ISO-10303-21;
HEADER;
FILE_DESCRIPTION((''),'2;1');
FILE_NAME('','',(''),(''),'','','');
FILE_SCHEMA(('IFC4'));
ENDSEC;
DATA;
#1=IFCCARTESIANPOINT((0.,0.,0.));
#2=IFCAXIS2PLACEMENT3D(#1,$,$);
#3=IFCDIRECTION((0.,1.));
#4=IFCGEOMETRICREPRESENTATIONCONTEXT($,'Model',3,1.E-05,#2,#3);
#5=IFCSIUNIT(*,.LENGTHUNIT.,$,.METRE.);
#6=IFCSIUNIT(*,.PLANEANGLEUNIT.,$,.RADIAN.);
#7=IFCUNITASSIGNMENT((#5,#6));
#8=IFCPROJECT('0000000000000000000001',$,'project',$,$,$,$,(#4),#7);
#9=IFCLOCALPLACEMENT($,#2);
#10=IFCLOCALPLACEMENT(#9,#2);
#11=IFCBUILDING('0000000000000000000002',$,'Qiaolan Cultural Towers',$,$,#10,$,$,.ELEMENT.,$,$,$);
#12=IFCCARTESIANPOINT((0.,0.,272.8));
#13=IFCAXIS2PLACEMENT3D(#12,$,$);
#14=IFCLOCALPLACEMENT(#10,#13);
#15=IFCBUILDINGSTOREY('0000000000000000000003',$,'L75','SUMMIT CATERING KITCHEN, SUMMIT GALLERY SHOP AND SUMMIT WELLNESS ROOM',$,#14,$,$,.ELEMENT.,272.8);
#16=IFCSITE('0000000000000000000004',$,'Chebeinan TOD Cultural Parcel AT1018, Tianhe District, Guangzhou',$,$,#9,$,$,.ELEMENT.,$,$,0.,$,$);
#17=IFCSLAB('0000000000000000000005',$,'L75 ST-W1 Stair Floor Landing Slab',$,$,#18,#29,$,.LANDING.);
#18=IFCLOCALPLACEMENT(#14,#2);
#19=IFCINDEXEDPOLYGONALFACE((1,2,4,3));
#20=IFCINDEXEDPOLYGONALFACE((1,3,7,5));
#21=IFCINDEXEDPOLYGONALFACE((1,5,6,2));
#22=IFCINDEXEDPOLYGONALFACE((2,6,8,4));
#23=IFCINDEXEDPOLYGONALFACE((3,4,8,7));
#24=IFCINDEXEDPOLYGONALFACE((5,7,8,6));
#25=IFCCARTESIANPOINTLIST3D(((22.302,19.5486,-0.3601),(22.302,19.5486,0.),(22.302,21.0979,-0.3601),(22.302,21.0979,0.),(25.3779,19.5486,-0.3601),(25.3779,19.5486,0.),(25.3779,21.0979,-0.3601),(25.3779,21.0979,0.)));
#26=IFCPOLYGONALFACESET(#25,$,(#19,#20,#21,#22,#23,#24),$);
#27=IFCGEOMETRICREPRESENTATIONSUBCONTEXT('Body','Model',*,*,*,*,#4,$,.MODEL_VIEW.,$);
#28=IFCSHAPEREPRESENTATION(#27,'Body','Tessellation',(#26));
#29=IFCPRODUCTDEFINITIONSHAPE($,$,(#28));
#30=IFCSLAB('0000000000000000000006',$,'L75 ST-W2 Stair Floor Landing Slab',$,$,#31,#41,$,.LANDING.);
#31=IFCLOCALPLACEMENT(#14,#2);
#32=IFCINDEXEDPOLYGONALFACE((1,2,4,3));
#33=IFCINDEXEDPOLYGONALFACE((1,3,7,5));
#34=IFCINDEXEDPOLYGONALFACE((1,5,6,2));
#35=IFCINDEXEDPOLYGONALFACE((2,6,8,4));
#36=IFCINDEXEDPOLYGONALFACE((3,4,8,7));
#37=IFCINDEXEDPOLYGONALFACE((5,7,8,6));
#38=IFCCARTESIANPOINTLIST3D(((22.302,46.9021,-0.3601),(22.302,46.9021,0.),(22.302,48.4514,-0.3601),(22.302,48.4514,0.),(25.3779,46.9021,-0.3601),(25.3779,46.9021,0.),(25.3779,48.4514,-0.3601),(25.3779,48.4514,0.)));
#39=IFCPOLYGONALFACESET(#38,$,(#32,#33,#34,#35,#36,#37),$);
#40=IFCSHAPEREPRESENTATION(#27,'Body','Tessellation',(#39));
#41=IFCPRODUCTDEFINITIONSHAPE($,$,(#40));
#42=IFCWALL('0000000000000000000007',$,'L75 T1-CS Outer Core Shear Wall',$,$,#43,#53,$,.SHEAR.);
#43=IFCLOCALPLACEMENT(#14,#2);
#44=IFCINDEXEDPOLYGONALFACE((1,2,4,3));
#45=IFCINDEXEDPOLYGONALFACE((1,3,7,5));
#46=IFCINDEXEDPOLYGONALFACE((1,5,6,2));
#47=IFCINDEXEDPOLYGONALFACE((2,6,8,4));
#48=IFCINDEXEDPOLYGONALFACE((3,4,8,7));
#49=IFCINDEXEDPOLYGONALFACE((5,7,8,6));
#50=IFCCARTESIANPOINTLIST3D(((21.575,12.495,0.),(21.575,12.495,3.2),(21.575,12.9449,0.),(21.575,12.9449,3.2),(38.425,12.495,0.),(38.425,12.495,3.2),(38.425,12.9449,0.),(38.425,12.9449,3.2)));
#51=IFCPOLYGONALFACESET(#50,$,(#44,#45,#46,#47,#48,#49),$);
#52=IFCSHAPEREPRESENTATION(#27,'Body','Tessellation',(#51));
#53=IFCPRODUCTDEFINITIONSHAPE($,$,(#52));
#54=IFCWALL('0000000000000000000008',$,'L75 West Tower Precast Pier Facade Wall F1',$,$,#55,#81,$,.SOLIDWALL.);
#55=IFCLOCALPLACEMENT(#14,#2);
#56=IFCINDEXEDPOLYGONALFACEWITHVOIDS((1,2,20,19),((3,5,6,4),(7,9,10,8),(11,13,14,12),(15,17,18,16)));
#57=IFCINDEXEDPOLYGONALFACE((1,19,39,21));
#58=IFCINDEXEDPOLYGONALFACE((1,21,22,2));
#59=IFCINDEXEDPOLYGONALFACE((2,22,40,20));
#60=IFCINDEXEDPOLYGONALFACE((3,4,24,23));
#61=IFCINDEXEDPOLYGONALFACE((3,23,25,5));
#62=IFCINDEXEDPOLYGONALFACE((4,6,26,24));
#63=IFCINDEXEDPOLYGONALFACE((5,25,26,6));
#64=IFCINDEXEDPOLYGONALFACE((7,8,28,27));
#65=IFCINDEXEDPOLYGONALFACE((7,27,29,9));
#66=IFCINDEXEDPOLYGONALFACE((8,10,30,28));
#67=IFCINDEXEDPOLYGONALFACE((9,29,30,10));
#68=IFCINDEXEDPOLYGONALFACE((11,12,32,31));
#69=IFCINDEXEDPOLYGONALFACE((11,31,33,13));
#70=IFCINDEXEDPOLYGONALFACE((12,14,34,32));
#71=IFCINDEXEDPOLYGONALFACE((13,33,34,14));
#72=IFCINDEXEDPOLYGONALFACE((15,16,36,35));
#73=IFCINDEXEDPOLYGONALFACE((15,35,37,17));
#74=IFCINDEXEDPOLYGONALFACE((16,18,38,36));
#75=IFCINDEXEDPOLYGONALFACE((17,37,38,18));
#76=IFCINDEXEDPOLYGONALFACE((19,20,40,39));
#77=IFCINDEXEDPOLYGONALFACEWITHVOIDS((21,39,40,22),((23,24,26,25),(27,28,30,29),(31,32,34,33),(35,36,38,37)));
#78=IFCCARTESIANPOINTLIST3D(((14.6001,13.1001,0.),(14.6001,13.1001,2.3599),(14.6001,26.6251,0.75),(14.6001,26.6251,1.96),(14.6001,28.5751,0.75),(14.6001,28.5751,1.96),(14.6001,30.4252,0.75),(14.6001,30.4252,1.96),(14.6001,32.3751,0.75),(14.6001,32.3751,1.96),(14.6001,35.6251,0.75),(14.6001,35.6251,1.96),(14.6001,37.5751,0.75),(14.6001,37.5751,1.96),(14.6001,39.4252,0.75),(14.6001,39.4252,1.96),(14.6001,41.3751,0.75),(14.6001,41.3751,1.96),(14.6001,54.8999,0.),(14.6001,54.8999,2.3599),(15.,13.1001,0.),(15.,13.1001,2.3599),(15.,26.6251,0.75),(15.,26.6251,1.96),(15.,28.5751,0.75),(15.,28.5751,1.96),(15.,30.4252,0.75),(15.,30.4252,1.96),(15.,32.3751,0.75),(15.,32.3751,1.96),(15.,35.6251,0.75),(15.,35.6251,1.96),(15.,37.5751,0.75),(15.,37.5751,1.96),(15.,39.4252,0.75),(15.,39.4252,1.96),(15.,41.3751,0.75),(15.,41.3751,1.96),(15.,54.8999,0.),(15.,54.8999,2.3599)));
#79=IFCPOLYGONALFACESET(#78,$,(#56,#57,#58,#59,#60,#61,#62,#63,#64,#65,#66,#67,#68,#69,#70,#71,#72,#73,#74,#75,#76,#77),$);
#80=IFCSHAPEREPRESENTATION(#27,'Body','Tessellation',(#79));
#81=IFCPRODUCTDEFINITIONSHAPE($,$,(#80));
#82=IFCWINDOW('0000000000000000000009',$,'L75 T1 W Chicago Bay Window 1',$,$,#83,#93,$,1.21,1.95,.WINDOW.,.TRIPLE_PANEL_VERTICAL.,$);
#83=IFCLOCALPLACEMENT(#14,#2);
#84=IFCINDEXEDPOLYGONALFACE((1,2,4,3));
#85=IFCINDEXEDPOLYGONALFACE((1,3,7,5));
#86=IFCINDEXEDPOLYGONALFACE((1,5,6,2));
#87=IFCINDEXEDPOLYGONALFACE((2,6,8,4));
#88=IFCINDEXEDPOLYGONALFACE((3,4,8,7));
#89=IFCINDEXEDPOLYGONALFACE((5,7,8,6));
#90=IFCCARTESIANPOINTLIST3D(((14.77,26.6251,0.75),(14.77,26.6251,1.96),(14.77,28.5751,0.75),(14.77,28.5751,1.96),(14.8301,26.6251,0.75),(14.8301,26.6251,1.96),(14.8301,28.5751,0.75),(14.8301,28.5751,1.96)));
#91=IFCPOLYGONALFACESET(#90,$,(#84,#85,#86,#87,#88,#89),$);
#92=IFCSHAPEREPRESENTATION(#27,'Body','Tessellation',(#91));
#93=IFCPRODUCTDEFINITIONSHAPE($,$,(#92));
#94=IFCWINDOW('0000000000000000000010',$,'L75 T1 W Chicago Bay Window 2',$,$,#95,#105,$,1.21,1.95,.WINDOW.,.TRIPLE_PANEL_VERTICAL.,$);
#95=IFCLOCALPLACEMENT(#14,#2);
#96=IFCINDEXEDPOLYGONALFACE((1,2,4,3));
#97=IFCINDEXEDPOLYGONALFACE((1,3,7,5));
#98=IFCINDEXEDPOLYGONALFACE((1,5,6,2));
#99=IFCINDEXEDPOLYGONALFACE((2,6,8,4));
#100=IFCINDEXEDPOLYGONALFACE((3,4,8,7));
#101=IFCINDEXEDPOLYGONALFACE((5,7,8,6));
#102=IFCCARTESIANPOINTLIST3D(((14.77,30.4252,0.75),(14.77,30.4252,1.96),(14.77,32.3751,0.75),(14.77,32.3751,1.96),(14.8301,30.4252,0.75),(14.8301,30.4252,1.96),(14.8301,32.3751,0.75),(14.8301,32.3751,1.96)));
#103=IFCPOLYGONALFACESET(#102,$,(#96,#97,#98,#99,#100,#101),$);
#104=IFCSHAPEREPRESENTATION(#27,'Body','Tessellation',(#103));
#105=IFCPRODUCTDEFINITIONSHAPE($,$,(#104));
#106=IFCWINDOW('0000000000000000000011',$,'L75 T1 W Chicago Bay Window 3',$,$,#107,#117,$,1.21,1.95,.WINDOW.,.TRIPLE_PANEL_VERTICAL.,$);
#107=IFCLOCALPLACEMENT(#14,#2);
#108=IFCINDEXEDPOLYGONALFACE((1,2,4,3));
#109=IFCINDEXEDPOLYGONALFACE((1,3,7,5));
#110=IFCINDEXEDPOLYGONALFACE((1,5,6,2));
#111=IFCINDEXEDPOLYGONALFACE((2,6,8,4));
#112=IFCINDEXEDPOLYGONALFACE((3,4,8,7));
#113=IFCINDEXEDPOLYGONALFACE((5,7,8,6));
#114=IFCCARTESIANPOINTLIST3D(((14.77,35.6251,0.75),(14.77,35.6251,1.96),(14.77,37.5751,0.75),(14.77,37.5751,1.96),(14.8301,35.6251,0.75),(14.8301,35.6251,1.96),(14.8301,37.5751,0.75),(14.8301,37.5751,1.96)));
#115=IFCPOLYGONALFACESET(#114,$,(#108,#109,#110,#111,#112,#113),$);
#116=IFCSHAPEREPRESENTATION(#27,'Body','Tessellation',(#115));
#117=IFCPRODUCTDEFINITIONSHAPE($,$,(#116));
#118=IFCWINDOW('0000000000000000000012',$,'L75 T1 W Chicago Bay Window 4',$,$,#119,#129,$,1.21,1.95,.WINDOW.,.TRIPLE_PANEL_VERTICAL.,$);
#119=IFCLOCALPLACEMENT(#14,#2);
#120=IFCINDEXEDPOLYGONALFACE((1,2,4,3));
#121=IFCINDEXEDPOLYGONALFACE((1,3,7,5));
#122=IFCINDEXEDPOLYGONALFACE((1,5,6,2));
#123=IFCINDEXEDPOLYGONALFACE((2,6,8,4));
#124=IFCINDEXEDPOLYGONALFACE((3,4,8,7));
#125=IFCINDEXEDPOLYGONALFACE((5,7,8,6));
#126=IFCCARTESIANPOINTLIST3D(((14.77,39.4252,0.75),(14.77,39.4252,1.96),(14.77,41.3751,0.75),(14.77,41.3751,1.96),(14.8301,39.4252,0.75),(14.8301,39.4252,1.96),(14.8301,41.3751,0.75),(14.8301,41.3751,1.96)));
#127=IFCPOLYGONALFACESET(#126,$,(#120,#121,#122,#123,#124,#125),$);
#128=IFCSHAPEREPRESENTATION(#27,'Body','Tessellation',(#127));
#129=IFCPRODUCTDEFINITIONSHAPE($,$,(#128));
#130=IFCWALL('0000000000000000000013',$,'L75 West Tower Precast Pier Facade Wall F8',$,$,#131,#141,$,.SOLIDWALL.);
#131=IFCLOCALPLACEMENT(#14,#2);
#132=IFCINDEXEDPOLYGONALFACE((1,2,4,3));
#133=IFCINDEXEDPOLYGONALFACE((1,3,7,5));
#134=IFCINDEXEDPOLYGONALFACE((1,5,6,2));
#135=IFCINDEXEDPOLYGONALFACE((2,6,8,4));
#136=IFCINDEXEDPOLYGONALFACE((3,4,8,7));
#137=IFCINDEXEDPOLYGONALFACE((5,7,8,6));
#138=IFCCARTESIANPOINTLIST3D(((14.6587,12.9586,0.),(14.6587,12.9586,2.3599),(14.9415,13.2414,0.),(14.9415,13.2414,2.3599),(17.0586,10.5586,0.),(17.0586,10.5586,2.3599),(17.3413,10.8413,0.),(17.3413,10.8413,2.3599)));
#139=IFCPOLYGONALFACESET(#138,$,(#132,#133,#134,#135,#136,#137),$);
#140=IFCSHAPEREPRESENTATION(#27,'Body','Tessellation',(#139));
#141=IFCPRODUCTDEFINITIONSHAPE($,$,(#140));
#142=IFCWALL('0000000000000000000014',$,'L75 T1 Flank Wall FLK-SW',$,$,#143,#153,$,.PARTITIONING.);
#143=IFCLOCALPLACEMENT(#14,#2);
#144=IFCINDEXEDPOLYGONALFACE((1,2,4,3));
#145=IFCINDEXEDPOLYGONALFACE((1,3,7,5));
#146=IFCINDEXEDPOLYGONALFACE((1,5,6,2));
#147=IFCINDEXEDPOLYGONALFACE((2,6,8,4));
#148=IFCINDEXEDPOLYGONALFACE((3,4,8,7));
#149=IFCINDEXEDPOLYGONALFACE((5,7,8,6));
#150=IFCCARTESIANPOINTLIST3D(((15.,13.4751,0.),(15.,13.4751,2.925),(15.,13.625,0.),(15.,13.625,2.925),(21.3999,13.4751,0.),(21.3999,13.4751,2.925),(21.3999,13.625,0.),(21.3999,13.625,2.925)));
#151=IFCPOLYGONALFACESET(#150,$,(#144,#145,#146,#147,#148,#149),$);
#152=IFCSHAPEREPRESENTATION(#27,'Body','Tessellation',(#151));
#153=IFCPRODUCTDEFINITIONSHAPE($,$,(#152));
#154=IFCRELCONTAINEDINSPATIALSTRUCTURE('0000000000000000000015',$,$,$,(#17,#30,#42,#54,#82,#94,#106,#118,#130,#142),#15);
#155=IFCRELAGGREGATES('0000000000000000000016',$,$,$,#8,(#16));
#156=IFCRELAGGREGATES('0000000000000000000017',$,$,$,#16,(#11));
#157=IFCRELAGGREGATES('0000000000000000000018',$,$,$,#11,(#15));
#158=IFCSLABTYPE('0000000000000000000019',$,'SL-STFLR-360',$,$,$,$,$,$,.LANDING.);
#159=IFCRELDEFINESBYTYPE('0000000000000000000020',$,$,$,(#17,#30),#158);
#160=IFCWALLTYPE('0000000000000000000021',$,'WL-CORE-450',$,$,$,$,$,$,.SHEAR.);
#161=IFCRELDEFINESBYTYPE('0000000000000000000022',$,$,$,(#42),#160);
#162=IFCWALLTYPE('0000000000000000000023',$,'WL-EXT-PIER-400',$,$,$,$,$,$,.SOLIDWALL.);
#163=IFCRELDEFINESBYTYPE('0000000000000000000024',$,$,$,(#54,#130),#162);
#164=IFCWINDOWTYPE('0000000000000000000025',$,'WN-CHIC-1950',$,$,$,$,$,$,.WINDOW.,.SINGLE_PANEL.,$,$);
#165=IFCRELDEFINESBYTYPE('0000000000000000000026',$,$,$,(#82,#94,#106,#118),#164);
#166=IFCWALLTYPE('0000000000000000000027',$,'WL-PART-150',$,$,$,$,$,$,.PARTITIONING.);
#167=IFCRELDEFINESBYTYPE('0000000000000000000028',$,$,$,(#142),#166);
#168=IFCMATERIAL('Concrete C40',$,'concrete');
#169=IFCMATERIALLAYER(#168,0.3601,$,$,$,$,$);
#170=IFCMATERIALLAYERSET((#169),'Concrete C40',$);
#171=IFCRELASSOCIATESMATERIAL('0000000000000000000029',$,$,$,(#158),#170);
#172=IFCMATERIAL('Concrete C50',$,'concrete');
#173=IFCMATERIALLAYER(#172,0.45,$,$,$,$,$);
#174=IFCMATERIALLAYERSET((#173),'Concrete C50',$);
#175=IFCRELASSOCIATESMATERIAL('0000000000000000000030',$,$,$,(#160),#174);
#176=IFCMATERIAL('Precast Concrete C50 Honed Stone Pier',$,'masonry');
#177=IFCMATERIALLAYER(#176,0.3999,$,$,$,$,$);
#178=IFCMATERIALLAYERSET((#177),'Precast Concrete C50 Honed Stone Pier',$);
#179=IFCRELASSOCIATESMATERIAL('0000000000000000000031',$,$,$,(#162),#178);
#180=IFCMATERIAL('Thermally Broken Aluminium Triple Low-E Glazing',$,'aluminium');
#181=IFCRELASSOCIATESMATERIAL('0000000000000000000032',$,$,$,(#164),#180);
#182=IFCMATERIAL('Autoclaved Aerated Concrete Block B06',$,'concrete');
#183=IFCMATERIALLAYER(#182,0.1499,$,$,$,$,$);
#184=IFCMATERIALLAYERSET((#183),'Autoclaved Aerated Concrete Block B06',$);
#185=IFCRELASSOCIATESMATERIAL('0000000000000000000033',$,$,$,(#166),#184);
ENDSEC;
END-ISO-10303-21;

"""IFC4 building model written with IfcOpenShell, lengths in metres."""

from ifc_helpers import new_model, si_unit, direction, frame, frame_2d, origin, place, context, subcontext, project, spatial, polyline, rectangle, outline, extrude, material, layer, layer_set, type_object, element, fill, save


model = new_model("IFC4")

# Units and contexts
model_context = context("Model", 3, precision=1e-05, world=origin(), true_north=direction((0.0, 1.0)))
body_context = subcontext(model_context, "Body", "Model", "MODEL_VIEW")
ifc_project = project(units=[si_unit("LENGTHUNIT", "METRE"), si_unit("PLANEANGLEUNIT", "RADIAN")], contexts=[model_context])

# Site, building, storey
site_placement = place(None, origin())
site = spatial("IfcSite", under=ifc_project, at=site_placement, Name="Chebeinan TOD Cultural Parcel AT1018, Tianhe District, Guangzhou", CompositionType="ELEMENT", RefElevation=0.0)
building_placement = place(site_placement, origin())
building = spatial("IfcBuilding", under=site, at=building_placement, Name="Qiaolan Cultural Towers", CompositionType="ELEMENT")
storey_placement = place(building_placement, frame((0.0, 0.0, 272.8)))
storey = spatial("IfcBuildingStorey", under=building, at=storey_placement, Name="L75", Description="SUMMIT CATERING KITCHEN, SUMMIT GALLERY SHOP AND SUMMIT WELLNESS ROOM", CompositionType="ELEMENT", Elevation=272.8)

# Slabs
ifc_material_1 = material(Name="Concrete C40", Category="concrete")
ifc_layer_1 = layer(ifc_material_1, 0.3601)
ifc_layer_set_1 = layer_set([ifc_layer_1], Name="Concrete C40")
slab_type_1 = type_object("IfcSlabType", Name="SL-STFLR-360", PredefinedType="LANDING", material=ifc_layer_set_1)
slab_1_placement = place(storey_placement, frame((0.0, 0.0, -0.3601)))
element("IfcSlab", 1, at=slab_1_placement, inside=storey, type_object=slab_type_1, Name="L75 ST-W1 Stair Floor Landing Slab", PredefinedType="LANDING", context=body_context, shape_type="SweptSolid", body=[
    extrude(outline(polyline([(22.302, 21.0979), (22.302, 19.5486), (25.3779, 19.5486), (25.3779, 21.0979), (22.302, 21.0979)])), origin(), (0.0, 0.0, 1.0), 0.3601),
])
slab_2_placement = place(storey_placement, frame((0.0, 0.0, -0.3601)))
element("IfcSlab", 2, at=slab_2_placement, inside=storey, type_object=slab_type_1, Name="L75 ST-W2 Stair Floor Landing Slab", PredefinedType="LANDING", context=body_context, shape_type="SweptSolid", body=[
    extrude(outline(polyline([(25.3779, 46.9021), (25.3779, 48.4514), (22.302, 48.4514), (22.302, 46.9021), (25.3779, 46.9021)])), origin(), (0.0, 0.0, 1.0), 0.3601),
])

# Wall
ifc_material_2 = material(Name="Concrete C50", Category="concrete")
ifc_layer_2 = layer(ifc_material_2, 0.45)
ifc_layer_set_2 = layer_set([ifc_layer_2], Name="Concrete C50")
wall_type_1 = type_object("IfcWallType", Name="WL-CORE-450", PredefinedType="SHEAR", material=ifc_layer_set_2)
wall_1_placement = place(storey_placement, frame((21.575, 12.72, 0.0), z_axis=(0.0, 0.0, 1.0), x_axis=(1.0, 0.0, 0.0)))
element("IfcWall", 3, at=wall_1_placement, inside=storey, type_object=wall_type_1, Name="L75 T1-CS Outer Core Shear Wall", PredefinedType="SHEAR", context=body_context, shape_type="SweptSolid", body=[
    extrude(rectangle(XDim=16.8501, YDim=0.45, at=frame_2d((8.425, 0.0))), origin(), (0.0, 0.0, 1.0), 3.2),
])

# Wall, openings, windows
ifc_material_3 = material(Name="Precast Concrete C50 Honed Stone Pier", Category="masonry")
ifc_layer_3 = layer(ifc_material_3, 0.3999)
ifc_layer_set_3 = layer_set([ifc_layer_3], Name="Precast Concrete C50 Honed Stone Pier")
wall_type_2 = type_object("IfcWallType", Name="WL-EXT-PIER-400", PredefinedType="SOLIDWALL", material=ifc_layer_set_3)
wall_2_placement = place(storey_placement, frame((14.8, 13.1001, 0.0), z_axis=(0.0, 0.0, 1.0), x_axis=(0.0, 1.0, 0.0)))
wall_2 = element("IfcWall", 4, at=wall_2_placement, inside=storey, type_object=wall_type_2, Name="L75 West Tower Precast Pier Facade Wall F1", PredefinedType="SOLIDWALL", context=body_context, shape_type="SweptSolid", body=[
    extrude(rectangle(XDim=41.7998, YDim=0.3999, at=frame_2d((20.8999, 0.0))), origin(), (0.0, 0.0, 1.0), 2.3599),
])
opening_1_placement = place(wall_2_placement, frame((13.5249, 0.0, 0.75)))
opening_1 = element("IfcOpeningElement", 5, at=opening_1_placement, cuts=wall_2, PredefinedType="OPENING", context=body_context, shape_type="SweptSolid", body=[
    extrude(rectangle(XDim=1.95, YDim=1.21, at=frame_2d((0.9751, 0.605))), frame((0.0, 0.21, 0.0), z_axis=(0.0, -1.0, 0.0), x_axis=(1.0, 0.0, 0.0)), (0.0, 0.0, 1.0), 0.4199),
])
opening_2_placement = place(wall_2_placement, frame((17.325, 0.0, 0.75)))
opening_2 = element("IfcOpeningElement", 6, at=opening_2_placement, cuts=wall_2, PredefinedType="OPENING", context=body_context, shape_type="SweptSolid", body=[
    extrude(rectangle(XDim=1.95, YDim=1.21, at=frame_2d((0.9751, 0.605))), frame((0.0, 0.21, 0.0), z_axis=(0.0, -1.0, 0.0), x_axis=(1.0, 0.0, 0.0)), (0.0, 0.0, 1.0), 0.4199),
])
opening_3_placement = place(wall_2_placement, frame((22.5249, 0.0, 0.75)))
opening_3 = element("IfcOpeningElement", 7, at=opening_3_placement, cuts=wall_2, PredefinedType="OPENING", context=body_context, shape_type="SweptSolid", body=[
    extrude(rectangle(XDim=1.95, YDim=1.21, at=frame_2d((0.9751, 0.605))), frame((0.0, 0.21, 0.0), z_axis=(0.0, -1.0, 0.0), x_axis=(1.0, 0.0, 0.0)), (0.0, 0.0, 1.0), 0.4199),
])
opening_4_placement = place(wall_2_placement, frame((26.325, 0.0, 0.75)))
opening_4 = element("IfcOpeningElement", 8, at=opening_4_placement, cuts=wall_2, PredefinedType="OPENING", context=body_context, shape_type="SweptSolid", body=[
    extrude(rectangle(XDim=1.95, YDim=1.21, at=frame_2d((0.9751, 0.605))), frame((0.0, 0.21, 0.0), z_axis=(0.0, -1.0, 0.0), x_axis=(1.0, 0.0, 0.0)), (0.0, 0.0, 1.0), 0.4199),
])
ifc_material_4 = material(Name="Thermally Broken Aluminium Triple Low-E Glazing", Category="aluminium")
window_type = type_object("IfcWindowType", Name="WN-CHIC-1950", PartitioningType="SINGLE_PANEL", PredefinedType="WINDOW", material=ifc_material_4)
window_1_placement = place(opening_1_placement, origin())
window_1 = element("IfcWindow", 9, at=window_1_placement, inside=storey, type_object=window_type, Name="L75 T1 W Chicago Bay Window 1", OverallHeight=1.21, OverallWidth=1.95, PartitioningType="TRIPLE_PANEL_VERTICAL", PredefinedType="WINDOW", context=body_context, shape_type="SweptSolid", body=[
    extrude(rectangle(XDim=1.95, YDim=1.21, at=frame_2d((0.9751, 0.605))), frame((0.0, 0.03, 0.0), z_axis=(0.0, -1.0, 0.0), x_axis=(1.0, 0.0, 0.0)), (0.0, 0.0, 1.0), 0.0601),
])
fill(opening_1, window_1)
window_2_placement = place(opening_2_placement, origin())
window_2 = element("IfcWindow", 10, at=window_2_placement, inside=storey, type_object=window_type, Name="L75 T1 W Chicago Bay Window 2", OverallHeight=1.21, OverallWidth=1.95, PartitioningType="TRIPLE_PANEL_VERTICAL", PredefinedType="WINDOW", context=body_context, shape_type="SweptSolid", body=[
    extrude(rectangle(XDim=1.95, YDim=1.21, at=frame_2d((0.9751, 0.605))), frame((0.0, 0.03, 0.0), z_axis=(0.0, -1.0, 0.0), x_axis=(1.0, 0.0, 0.0)), (0.0, 0.0, 1.0), 0.0601),
])
fill(opening_2, window_2)
window_3_placement = place(opening_3_placement, origin())
window_3 = element("IfcWindow", 11, at=window_3_placement, inside=storey, type_object=window_type, Name="L75 T1 W Chicago Bay Window 3", OverallHeight=1.21, OverallWidth=1.95, PartitioningType="TRIPLE_PANEL_VERTICAL", PredefinedType="WINDOW", context=body_context, shape_type="SweptSolid", body=[
    extrude(rectangle(XDim=1.95, YDim=1.21, at=frame_2d((0.9751, 0.605))), frame((0.0, 0.03, 0.0), z_axis=(0.0, -1.0, 0.0), x_axis=(1.0, 0.0, 0.0)), (0.0, 0.0, 1.0), 0.0601),
])
fill(opening_3, window_3)
window_4_placement = place(opening_4_placement, origin())
window_4 = element("IfcWindow", 12, at=window_4_placement, inside=storey, type_object=window_type, Name="L75 T1 W Chicago Bay Window 4", OverallHeight=1.21, OverallWidth=1.95, PartitioningType="TRIPLE_PANEL_VERTICAL", PredefinedType="WINDOW", context=body_context, shape_type="SweptSolid", body=[
    extrude(rectangle(XDim=1.95, YDim=1.21, at=frame_2d((0.9751, 0.605))), frame((0.0, 0.03, 0.0), z_axis=(0.0, -1.0, 0.0), x_axis=(1.0, 0.0, 0.0)), (0.0, 0.0, 1.0), 0.0601),
])
fill(opening_4, window_4)

# Walls
wall_3_placement = place(storey_placement, frame((17.2, 10.7, 0.0), z_axis=(0.0, 0.0, 1.0), x_axis=(-0.707071, 0.707143, 0.0)))
element("IfcWall", 13, at=wall_3_placement, inside=storey, type_object=wall_type_2, Name="L75 West Tower Precast Pier Facade Wall F8", PredefinedType="SOLIDWALL", context=body_context, shape_type="SweptSolid", body=[
    extrude(rectangle(XDim=3.394, YDim=0.3999, at=frame_2d((1.697, 0.0))), origin(), (0.0, 0.0, 1.0), 2.3599),
])
ifc_material_5 = material(Name="Autoclaved Aerated Concrete Block B06", Category="concrete")
ifc_layer_4 = layer(ifc_material_5, 0.1499)
ifc_layer_set_4 = layer_set([ifc_layer_4], Name="Autoclaved Aerated Concrete Block B06")
wall_type_3 = type_object("IfcWallType", Name="WL-PART-150", PredefinedType="PARTITIONING", material=ifc_layer_set_4)
wall_4_placement = place(storey_placement, frame((15.0, 13.55, 0.0), z_axis=(0.0, 0.0, 1.0), x_axis=(1.0, 0.0, 0.0)))
element("IfcWall", 14, at=wall_4_placement, inside=storey, type_object=wall_type_3, Name="L75 T1 Flank Wall FLK-SW", PredefinedType="PARTITIONING", context=body_context, shape_type="SweptSolid", body=[
    extrude(rectangle(XDim=6.3999, YDim=0.1499, at=frame_2d((3.2, 0.0))), origin(), (0.0, 0.0, 1.0), 2.925),
])

save(model, "model.ifc")
